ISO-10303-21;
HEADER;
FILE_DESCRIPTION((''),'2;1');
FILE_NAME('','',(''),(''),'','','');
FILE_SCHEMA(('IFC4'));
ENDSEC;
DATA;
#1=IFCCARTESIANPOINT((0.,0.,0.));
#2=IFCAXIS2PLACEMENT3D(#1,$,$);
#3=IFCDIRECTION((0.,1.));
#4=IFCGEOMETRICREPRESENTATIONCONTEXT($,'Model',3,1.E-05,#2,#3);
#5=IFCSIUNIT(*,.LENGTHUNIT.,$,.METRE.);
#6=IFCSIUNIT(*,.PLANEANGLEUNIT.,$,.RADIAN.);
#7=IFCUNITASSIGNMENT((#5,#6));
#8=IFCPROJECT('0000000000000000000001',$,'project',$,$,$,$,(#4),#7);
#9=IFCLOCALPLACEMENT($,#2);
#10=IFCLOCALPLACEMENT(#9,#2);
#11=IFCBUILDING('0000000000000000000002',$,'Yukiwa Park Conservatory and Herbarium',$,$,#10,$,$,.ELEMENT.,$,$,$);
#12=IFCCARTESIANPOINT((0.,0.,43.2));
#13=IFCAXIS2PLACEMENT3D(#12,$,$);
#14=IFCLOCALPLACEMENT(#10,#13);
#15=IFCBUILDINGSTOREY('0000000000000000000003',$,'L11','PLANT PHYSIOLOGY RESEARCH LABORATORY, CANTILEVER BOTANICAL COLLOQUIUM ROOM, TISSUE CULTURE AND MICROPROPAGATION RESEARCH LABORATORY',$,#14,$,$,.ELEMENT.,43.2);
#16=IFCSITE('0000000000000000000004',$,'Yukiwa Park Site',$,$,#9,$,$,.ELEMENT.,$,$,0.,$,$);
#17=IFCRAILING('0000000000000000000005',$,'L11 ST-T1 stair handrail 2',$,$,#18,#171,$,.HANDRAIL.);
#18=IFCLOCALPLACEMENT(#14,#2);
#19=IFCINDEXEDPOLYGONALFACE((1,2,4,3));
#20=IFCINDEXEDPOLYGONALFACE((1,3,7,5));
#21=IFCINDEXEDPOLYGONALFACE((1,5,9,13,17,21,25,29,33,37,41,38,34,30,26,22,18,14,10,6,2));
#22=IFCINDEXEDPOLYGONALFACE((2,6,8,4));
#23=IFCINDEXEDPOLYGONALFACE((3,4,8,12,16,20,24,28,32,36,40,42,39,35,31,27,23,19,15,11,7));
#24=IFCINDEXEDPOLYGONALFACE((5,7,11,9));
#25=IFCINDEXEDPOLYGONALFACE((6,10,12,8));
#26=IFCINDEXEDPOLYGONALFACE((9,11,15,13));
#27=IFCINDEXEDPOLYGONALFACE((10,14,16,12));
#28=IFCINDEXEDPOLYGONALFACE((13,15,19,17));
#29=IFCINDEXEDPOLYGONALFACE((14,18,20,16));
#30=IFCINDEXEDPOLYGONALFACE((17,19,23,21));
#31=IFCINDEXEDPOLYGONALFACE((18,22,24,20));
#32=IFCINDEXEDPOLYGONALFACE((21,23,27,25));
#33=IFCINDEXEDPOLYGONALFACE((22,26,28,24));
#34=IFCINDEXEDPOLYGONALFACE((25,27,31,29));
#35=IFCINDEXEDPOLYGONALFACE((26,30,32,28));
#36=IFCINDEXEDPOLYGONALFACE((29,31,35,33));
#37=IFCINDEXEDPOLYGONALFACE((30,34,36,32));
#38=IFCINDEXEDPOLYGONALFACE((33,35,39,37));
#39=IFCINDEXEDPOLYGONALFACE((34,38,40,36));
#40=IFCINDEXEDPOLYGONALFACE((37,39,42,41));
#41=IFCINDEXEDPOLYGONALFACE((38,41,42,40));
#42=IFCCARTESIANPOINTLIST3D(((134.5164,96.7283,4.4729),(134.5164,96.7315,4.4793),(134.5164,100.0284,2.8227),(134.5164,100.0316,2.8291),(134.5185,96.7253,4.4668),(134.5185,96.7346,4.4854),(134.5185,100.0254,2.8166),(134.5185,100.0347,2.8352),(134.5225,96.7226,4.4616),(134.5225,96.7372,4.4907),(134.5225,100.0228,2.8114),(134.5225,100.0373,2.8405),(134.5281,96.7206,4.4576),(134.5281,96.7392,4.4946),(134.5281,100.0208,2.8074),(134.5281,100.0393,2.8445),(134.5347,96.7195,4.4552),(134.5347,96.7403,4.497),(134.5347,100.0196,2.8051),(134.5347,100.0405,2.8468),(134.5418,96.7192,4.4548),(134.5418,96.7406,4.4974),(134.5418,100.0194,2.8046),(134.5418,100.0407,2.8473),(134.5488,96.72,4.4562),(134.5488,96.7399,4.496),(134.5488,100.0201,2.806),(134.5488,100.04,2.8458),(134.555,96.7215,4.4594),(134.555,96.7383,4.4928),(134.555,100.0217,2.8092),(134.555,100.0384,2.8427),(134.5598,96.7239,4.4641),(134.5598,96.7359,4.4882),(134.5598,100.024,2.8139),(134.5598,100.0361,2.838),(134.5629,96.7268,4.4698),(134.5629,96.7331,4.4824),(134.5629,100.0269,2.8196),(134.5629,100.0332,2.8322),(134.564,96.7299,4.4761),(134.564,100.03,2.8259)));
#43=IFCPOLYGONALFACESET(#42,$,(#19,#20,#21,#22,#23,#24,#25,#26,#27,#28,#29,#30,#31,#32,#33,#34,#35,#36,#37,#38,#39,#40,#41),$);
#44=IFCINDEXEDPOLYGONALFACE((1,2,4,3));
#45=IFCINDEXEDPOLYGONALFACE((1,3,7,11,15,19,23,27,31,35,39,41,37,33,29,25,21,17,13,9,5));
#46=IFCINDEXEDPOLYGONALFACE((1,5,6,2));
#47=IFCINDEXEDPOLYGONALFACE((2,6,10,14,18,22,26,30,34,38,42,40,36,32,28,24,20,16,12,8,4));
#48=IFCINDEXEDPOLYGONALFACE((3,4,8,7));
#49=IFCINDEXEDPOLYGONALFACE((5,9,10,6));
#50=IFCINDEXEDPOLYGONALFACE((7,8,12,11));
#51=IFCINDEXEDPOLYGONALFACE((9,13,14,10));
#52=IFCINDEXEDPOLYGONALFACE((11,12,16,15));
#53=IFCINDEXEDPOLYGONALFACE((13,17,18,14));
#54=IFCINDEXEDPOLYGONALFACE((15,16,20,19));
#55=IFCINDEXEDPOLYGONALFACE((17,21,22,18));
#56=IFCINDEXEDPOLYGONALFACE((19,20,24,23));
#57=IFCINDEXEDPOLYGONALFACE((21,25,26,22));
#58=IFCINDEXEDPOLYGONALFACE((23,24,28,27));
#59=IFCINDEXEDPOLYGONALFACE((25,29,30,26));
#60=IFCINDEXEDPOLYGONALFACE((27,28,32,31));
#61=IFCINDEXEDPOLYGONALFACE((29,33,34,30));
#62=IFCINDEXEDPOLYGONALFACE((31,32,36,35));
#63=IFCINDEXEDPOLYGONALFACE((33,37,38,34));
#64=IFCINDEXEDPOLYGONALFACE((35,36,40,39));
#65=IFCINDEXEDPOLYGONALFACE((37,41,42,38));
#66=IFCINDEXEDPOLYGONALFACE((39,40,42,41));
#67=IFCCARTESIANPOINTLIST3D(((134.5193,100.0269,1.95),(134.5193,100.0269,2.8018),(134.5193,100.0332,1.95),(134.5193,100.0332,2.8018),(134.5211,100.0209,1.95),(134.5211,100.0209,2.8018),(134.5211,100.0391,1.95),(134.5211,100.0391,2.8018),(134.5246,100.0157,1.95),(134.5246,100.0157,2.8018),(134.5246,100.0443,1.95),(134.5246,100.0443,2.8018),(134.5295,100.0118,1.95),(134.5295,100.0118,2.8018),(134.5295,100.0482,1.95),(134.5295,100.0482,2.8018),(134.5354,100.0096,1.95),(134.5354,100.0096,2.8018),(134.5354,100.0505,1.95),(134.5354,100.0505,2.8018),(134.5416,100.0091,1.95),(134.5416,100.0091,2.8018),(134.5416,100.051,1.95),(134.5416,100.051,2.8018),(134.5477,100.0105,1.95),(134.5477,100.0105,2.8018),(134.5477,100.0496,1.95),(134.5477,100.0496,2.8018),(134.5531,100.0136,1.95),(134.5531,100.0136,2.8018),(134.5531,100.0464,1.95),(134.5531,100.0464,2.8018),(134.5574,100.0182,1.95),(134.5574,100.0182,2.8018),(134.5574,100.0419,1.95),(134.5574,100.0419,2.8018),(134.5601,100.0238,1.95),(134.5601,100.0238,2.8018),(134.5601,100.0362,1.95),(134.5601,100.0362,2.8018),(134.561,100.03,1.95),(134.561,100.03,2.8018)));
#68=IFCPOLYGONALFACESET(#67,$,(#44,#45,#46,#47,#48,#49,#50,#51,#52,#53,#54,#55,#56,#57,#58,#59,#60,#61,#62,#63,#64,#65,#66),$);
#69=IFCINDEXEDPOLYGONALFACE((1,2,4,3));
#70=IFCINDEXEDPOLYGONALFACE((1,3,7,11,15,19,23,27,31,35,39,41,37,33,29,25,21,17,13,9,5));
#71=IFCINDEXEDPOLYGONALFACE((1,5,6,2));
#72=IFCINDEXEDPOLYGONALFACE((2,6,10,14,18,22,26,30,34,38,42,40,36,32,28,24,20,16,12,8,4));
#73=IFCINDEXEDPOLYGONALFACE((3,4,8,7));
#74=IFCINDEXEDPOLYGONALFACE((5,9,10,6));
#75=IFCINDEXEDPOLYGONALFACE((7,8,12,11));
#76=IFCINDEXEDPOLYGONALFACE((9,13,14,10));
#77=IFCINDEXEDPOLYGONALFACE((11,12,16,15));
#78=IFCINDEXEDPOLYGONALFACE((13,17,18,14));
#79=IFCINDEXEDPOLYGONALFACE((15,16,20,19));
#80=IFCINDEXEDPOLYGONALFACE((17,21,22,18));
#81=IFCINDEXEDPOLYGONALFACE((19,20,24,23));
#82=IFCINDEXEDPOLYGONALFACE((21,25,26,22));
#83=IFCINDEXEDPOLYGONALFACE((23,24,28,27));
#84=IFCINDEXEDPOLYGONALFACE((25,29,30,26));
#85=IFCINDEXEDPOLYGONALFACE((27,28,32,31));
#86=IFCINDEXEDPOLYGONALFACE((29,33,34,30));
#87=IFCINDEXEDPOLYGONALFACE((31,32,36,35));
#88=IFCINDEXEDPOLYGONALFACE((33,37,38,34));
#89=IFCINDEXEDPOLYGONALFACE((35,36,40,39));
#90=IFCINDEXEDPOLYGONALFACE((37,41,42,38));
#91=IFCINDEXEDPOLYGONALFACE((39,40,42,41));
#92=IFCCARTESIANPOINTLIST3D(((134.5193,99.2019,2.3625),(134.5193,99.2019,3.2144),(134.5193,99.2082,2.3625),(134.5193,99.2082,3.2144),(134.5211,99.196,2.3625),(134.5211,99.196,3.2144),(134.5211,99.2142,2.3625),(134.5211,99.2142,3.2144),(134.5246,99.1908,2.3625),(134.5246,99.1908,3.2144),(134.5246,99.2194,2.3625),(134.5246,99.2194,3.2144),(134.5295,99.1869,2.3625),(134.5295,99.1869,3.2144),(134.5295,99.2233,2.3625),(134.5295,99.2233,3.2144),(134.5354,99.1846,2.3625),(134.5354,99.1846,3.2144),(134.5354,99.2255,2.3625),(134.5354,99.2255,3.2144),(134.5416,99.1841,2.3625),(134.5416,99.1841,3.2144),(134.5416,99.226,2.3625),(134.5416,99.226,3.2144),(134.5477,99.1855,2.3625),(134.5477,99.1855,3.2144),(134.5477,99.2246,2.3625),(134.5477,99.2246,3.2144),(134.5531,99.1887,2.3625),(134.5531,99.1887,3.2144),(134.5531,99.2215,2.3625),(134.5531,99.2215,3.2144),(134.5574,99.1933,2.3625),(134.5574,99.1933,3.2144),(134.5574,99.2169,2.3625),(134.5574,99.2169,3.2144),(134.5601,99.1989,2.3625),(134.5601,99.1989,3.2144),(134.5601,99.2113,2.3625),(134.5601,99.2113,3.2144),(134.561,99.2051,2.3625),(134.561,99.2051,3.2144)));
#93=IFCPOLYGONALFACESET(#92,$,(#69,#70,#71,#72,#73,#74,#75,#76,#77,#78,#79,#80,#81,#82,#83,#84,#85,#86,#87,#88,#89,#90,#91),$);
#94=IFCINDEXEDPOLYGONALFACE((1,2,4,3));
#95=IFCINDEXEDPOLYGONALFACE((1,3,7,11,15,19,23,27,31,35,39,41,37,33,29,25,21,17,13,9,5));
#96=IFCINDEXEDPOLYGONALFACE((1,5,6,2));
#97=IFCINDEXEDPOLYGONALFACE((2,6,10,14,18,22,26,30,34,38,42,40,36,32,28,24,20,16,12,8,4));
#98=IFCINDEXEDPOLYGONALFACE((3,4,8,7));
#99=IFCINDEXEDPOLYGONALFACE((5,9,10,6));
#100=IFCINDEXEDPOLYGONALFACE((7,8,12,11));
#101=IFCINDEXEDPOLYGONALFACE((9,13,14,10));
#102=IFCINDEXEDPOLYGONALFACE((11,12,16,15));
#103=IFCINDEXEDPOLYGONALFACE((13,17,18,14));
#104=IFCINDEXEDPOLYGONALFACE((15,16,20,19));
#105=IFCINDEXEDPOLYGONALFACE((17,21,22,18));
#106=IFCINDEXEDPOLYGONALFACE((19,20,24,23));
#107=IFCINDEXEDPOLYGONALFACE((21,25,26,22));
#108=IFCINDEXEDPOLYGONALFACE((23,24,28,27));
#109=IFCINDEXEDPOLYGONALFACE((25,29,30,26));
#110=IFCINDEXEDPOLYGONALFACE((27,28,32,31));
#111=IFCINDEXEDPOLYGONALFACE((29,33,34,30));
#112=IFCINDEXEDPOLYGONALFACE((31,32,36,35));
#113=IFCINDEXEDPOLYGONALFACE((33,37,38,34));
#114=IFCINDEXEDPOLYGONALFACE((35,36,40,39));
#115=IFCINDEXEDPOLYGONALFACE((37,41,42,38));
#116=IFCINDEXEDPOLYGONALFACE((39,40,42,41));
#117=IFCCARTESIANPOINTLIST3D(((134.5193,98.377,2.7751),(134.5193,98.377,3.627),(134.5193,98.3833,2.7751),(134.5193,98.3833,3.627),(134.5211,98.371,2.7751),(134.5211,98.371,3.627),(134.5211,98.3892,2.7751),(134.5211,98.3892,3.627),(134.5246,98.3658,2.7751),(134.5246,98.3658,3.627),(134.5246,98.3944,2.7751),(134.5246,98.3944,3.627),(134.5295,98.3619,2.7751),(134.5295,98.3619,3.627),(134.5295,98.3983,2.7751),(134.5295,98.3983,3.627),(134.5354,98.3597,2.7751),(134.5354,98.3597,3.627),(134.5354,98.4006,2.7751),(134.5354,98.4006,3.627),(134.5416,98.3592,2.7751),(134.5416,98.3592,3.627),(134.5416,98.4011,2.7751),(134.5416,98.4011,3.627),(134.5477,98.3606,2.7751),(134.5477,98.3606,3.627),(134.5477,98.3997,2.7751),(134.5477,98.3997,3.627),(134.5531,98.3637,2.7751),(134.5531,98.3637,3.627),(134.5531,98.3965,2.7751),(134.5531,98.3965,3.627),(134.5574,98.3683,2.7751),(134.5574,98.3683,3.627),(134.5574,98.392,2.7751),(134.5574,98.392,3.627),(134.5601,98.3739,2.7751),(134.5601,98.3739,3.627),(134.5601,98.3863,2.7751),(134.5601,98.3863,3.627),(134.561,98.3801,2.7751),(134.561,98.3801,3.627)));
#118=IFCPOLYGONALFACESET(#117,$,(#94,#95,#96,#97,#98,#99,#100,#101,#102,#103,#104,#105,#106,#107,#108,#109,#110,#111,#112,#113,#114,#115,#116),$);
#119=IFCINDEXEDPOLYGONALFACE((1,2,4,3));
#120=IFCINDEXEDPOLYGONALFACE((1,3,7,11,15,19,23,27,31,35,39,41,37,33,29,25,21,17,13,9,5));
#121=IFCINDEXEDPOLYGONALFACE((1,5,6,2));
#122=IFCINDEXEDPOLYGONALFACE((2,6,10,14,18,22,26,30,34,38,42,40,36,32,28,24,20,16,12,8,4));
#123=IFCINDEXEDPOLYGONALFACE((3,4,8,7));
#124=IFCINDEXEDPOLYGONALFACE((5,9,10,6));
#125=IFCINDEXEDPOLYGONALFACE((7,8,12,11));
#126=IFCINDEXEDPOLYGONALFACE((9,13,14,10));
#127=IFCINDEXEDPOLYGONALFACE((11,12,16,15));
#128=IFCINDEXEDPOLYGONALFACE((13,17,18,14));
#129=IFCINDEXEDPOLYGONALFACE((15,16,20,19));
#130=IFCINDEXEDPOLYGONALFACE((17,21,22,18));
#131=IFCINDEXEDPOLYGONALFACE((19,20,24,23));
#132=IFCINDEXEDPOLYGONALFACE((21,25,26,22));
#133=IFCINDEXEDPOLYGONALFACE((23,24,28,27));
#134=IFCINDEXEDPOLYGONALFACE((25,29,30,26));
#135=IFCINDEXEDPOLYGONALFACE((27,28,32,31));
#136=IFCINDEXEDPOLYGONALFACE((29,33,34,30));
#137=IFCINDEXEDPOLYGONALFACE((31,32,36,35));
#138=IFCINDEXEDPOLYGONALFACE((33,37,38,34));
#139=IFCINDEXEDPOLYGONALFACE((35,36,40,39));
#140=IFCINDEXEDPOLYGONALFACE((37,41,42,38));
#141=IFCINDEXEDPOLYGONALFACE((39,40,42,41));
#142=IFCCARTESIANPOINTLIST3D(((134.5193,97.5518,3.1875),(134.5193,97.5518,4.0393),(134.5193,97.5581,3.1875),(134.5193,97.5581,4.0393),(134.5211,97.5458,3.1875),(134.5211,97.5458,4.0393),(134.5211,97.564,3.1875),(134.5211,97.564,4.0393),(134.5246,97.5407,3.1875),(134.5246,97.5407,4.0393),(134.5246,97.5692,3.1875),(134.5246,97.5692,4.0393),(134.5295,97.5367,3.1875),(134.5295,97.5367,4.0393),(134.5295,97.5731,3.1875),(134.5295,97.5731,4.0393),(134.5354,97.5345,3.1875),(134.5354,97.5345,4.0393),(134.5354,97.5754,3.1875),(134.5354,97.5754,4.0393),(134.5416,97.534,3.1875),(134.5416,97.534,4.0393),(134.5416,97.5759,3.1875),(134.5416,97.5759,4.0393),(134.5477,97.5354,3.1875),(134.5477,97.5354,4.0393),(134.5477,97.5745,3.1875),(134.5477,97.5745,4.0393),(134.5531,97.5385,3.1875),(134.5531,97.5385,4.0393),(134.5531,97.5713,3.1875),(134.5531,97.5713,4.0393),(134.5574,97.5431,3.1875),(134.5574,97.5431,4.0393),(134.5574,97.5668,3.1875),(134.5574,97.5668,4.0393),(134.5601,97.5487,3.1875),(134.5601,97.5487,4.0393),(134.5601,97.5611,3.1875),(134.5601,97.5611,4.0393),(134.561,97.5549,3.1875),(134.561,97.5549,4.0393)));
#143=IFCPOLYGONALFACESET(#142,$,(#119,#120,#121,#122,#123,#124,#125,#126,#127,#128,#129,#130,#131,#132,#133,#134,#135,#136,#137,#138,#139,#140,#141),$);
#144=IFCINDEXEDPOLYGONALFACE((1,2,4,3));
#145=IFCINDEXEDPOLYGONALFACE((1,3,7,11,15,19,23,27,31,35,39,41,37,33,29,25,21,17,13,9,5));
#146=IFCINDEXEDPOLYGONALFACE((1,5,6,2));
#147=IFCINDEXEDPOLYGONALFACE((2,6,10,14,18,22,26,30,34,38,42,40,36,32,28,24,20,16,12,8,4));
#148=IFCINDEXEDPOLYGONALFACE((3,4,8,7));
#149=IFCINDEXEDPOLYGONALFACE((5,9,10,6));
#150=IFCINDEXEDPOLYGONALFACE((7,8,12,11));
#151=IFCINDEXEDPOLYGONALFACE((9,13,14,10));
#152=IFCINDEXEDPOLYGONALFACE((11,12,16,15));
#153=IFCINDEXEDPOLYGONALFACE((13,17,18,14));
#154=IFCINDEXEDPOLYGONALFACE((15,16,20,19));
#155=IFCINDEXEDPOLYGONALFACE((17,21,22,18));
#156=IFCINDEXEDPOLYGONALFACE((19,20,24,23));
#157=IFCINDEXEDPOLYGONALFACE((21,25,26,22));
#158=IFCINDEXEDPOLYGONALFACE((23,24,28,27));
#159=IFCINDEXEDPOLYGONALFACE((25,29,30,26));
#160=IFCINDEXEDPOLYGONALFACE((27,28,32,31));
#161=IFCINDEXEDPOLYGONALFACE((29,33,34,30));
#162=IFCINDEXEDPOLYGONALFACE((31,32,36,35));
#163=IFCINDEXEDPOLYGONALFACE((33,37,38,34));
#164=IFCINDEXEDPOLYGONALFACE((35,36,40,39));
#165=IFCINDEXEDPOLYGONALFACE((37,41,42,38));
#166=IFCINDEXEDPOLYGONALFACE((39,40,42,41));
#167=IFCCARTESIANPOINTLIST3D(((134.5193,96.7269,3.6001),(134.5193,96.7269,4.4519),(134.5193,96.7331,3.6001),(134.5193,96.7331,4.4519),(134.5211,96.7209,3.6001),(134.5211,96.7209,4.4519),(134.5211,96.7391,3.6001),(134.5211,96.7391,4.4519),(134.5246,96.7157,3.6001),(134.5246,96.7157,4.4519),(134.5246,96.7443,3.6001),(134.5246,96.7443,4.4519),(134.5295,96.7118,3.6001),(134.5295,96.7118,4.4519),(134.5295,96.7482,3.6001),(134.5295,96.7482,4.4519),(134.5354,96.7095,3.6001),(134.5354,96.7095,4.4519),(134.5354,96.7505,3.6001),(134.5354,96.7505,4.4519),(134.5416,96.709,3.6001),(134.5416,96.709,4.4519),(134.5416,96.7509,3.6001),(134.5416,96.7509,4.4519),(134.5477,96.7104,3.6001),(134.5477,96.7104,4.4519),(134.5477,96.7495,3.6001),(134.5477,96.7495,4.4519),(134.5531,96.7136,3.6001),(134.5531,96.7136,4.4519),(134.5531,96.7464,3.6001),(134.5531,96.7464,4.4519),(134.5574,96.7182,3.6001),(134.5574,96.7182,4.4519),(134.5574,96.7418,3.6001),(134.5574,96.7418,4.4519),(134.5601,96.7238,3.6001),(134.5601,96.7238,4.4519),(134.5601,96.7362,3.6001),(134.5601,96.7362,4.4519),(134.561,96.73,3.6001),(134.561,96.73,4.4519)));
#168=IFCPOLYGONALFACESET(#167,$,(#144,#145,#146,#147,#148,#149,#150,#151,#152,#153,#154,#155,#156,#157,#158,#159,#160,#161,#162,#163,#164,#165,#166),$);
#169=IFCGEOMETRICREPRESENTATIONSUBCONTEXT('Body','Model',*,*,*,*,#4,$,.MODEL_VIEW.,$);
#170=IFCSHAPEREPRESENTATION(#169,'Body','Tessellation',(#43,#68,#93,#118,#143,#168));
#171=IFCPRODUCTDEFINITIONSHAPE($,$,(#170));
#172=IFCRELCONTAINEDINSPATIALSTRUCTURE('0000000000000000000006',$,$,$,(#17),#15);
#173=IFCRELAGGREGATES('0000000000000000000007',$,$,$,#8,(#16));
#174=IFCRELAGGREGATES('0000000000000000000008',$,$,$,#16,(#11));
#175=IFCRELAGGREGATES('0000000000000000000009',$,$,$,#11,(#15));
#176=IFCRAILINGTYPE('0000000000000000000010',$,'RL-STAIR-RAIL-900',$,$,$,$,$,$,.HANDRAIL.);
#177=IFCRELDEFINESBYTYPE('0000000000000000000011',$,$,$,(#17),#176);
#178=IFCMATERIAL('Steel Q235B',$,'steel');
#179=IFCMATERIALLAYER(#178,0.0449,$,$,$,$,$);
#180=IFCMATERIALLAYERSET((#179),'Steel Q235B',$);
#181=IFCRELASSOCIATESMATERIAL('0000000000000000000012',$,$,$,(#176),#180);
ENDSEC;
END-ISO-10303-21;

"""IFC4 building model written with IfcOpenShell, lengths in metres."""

from ifc_helpers import new_model, si_unit, direction, frame, origin, origin_2d, place, context, subcontext, project, spatial, circle, extrude, material, layer, layer_set, type_object, element, save


model = new_model("IFC4")

# Units and contexts
model_context = context("Model", 3, precision=1e-05, world=origin(), true_north=direction((0.0, 1.0)))
body_context = subcontext(model_context, "Body", "Model", "MODEL_VIEW")
ifc_project = project(units=[si_unit("LENGTHUNIT", "METRE"), si_unit("PLANEANGLEUNIT", "RADIAN")], contexts=[model_context])

# Site, building, storey
site_placement = place(None, origin())
site = spatial("IfcSite", under=ifc_project, at=site_placement, Name="Yukiwa Park Site", CompositionType="ELEMENT", RefElevation=0.0)
building_placement = place(site_placement, origin())
building = spatial("IfcBuilding", under=site, at=building_placement, Name="Yukiwa Park Conservatory and Herbarium", CompositionType="ELEMENT")
storey_placement = place(building_placement, frame((0.0, 0.0, 43.2)))
storey = spatial("IfcBuildingStorey", under=building, at=storey_placement, Name="L11", Description="PLANT PHYSIOLOGY RESEARCH LABORATORY, CANTILEVER BOTANICAL COLLOQUIUM ROOM, TISSUE CULTURE AND MICROPROPAGATION RESEARCH LABORATORY", CompositionType="ELEMENT", Elevation=43.2)

# Railing
ifc_material_1 = material(Name="Steel Q235B", Category="steel")
ifc_layer_1 = layer(ifc_material_1, 0.0449)
ifc_layer_set_1 = layer_set([ifc_layer_1], Name="Steel Q235B")
railing_type_1 = type_object("IfcRailingType", Name="RL-STAIR-RAIL-900", PredefinedType="HANDRAIL", material=ifc_layer_set_1)
railing_1_placement = place(storey_placement, frame((134.54, 100.03, 1.95)))
element("IfcRailing", 1, at=railing_1_placement, inside=storey, type_object=railing_type_1, Name="L11 ST-T1 stair handrail 2", PredefinedType="HANDRAIL", context=body_context, shape_type="SweptSolid", body=[
    extrude(circle(Radius=0.0239, at=origin_2d()), frame((0.0, 0.0, 0.876), z_axis=(0.0, -0.894414, 0.44724), x_axis=(1.0, 0.0, 0.0)), (0.0, 0.0, 1.0), 3.6897),
    extrude(circle(Radius=0.021, at=origin_2d()), origin(), (0.0, 0.0, 1.0), 0.8518),
    extrude(circle(Radius=0.021, at=origin_2d()), frame((0.0, -0.825, 0.4126)), (0.0, 0.0, 1.0), 0.8518),
    extrude(circle(Radius=0.021, at=origin_2d()), frame((0.0, -1.6499, 0.8252)), (0.0, 0.0, 1.0), 0.8518),
    extrude(circle(Radius=0.021, at=origin_2d()), frame((0.0, -2.4751, 1.2375)), (0.0, 0.0, 1.0), 0.8518),
    extrude(circle(Radius=0.021, at=origin_2d()), frame((0.0, -3.3, 1.6501)), (0.0, 0.0, 1.0), 0.8518),
])

save(model, "model.ifc")
